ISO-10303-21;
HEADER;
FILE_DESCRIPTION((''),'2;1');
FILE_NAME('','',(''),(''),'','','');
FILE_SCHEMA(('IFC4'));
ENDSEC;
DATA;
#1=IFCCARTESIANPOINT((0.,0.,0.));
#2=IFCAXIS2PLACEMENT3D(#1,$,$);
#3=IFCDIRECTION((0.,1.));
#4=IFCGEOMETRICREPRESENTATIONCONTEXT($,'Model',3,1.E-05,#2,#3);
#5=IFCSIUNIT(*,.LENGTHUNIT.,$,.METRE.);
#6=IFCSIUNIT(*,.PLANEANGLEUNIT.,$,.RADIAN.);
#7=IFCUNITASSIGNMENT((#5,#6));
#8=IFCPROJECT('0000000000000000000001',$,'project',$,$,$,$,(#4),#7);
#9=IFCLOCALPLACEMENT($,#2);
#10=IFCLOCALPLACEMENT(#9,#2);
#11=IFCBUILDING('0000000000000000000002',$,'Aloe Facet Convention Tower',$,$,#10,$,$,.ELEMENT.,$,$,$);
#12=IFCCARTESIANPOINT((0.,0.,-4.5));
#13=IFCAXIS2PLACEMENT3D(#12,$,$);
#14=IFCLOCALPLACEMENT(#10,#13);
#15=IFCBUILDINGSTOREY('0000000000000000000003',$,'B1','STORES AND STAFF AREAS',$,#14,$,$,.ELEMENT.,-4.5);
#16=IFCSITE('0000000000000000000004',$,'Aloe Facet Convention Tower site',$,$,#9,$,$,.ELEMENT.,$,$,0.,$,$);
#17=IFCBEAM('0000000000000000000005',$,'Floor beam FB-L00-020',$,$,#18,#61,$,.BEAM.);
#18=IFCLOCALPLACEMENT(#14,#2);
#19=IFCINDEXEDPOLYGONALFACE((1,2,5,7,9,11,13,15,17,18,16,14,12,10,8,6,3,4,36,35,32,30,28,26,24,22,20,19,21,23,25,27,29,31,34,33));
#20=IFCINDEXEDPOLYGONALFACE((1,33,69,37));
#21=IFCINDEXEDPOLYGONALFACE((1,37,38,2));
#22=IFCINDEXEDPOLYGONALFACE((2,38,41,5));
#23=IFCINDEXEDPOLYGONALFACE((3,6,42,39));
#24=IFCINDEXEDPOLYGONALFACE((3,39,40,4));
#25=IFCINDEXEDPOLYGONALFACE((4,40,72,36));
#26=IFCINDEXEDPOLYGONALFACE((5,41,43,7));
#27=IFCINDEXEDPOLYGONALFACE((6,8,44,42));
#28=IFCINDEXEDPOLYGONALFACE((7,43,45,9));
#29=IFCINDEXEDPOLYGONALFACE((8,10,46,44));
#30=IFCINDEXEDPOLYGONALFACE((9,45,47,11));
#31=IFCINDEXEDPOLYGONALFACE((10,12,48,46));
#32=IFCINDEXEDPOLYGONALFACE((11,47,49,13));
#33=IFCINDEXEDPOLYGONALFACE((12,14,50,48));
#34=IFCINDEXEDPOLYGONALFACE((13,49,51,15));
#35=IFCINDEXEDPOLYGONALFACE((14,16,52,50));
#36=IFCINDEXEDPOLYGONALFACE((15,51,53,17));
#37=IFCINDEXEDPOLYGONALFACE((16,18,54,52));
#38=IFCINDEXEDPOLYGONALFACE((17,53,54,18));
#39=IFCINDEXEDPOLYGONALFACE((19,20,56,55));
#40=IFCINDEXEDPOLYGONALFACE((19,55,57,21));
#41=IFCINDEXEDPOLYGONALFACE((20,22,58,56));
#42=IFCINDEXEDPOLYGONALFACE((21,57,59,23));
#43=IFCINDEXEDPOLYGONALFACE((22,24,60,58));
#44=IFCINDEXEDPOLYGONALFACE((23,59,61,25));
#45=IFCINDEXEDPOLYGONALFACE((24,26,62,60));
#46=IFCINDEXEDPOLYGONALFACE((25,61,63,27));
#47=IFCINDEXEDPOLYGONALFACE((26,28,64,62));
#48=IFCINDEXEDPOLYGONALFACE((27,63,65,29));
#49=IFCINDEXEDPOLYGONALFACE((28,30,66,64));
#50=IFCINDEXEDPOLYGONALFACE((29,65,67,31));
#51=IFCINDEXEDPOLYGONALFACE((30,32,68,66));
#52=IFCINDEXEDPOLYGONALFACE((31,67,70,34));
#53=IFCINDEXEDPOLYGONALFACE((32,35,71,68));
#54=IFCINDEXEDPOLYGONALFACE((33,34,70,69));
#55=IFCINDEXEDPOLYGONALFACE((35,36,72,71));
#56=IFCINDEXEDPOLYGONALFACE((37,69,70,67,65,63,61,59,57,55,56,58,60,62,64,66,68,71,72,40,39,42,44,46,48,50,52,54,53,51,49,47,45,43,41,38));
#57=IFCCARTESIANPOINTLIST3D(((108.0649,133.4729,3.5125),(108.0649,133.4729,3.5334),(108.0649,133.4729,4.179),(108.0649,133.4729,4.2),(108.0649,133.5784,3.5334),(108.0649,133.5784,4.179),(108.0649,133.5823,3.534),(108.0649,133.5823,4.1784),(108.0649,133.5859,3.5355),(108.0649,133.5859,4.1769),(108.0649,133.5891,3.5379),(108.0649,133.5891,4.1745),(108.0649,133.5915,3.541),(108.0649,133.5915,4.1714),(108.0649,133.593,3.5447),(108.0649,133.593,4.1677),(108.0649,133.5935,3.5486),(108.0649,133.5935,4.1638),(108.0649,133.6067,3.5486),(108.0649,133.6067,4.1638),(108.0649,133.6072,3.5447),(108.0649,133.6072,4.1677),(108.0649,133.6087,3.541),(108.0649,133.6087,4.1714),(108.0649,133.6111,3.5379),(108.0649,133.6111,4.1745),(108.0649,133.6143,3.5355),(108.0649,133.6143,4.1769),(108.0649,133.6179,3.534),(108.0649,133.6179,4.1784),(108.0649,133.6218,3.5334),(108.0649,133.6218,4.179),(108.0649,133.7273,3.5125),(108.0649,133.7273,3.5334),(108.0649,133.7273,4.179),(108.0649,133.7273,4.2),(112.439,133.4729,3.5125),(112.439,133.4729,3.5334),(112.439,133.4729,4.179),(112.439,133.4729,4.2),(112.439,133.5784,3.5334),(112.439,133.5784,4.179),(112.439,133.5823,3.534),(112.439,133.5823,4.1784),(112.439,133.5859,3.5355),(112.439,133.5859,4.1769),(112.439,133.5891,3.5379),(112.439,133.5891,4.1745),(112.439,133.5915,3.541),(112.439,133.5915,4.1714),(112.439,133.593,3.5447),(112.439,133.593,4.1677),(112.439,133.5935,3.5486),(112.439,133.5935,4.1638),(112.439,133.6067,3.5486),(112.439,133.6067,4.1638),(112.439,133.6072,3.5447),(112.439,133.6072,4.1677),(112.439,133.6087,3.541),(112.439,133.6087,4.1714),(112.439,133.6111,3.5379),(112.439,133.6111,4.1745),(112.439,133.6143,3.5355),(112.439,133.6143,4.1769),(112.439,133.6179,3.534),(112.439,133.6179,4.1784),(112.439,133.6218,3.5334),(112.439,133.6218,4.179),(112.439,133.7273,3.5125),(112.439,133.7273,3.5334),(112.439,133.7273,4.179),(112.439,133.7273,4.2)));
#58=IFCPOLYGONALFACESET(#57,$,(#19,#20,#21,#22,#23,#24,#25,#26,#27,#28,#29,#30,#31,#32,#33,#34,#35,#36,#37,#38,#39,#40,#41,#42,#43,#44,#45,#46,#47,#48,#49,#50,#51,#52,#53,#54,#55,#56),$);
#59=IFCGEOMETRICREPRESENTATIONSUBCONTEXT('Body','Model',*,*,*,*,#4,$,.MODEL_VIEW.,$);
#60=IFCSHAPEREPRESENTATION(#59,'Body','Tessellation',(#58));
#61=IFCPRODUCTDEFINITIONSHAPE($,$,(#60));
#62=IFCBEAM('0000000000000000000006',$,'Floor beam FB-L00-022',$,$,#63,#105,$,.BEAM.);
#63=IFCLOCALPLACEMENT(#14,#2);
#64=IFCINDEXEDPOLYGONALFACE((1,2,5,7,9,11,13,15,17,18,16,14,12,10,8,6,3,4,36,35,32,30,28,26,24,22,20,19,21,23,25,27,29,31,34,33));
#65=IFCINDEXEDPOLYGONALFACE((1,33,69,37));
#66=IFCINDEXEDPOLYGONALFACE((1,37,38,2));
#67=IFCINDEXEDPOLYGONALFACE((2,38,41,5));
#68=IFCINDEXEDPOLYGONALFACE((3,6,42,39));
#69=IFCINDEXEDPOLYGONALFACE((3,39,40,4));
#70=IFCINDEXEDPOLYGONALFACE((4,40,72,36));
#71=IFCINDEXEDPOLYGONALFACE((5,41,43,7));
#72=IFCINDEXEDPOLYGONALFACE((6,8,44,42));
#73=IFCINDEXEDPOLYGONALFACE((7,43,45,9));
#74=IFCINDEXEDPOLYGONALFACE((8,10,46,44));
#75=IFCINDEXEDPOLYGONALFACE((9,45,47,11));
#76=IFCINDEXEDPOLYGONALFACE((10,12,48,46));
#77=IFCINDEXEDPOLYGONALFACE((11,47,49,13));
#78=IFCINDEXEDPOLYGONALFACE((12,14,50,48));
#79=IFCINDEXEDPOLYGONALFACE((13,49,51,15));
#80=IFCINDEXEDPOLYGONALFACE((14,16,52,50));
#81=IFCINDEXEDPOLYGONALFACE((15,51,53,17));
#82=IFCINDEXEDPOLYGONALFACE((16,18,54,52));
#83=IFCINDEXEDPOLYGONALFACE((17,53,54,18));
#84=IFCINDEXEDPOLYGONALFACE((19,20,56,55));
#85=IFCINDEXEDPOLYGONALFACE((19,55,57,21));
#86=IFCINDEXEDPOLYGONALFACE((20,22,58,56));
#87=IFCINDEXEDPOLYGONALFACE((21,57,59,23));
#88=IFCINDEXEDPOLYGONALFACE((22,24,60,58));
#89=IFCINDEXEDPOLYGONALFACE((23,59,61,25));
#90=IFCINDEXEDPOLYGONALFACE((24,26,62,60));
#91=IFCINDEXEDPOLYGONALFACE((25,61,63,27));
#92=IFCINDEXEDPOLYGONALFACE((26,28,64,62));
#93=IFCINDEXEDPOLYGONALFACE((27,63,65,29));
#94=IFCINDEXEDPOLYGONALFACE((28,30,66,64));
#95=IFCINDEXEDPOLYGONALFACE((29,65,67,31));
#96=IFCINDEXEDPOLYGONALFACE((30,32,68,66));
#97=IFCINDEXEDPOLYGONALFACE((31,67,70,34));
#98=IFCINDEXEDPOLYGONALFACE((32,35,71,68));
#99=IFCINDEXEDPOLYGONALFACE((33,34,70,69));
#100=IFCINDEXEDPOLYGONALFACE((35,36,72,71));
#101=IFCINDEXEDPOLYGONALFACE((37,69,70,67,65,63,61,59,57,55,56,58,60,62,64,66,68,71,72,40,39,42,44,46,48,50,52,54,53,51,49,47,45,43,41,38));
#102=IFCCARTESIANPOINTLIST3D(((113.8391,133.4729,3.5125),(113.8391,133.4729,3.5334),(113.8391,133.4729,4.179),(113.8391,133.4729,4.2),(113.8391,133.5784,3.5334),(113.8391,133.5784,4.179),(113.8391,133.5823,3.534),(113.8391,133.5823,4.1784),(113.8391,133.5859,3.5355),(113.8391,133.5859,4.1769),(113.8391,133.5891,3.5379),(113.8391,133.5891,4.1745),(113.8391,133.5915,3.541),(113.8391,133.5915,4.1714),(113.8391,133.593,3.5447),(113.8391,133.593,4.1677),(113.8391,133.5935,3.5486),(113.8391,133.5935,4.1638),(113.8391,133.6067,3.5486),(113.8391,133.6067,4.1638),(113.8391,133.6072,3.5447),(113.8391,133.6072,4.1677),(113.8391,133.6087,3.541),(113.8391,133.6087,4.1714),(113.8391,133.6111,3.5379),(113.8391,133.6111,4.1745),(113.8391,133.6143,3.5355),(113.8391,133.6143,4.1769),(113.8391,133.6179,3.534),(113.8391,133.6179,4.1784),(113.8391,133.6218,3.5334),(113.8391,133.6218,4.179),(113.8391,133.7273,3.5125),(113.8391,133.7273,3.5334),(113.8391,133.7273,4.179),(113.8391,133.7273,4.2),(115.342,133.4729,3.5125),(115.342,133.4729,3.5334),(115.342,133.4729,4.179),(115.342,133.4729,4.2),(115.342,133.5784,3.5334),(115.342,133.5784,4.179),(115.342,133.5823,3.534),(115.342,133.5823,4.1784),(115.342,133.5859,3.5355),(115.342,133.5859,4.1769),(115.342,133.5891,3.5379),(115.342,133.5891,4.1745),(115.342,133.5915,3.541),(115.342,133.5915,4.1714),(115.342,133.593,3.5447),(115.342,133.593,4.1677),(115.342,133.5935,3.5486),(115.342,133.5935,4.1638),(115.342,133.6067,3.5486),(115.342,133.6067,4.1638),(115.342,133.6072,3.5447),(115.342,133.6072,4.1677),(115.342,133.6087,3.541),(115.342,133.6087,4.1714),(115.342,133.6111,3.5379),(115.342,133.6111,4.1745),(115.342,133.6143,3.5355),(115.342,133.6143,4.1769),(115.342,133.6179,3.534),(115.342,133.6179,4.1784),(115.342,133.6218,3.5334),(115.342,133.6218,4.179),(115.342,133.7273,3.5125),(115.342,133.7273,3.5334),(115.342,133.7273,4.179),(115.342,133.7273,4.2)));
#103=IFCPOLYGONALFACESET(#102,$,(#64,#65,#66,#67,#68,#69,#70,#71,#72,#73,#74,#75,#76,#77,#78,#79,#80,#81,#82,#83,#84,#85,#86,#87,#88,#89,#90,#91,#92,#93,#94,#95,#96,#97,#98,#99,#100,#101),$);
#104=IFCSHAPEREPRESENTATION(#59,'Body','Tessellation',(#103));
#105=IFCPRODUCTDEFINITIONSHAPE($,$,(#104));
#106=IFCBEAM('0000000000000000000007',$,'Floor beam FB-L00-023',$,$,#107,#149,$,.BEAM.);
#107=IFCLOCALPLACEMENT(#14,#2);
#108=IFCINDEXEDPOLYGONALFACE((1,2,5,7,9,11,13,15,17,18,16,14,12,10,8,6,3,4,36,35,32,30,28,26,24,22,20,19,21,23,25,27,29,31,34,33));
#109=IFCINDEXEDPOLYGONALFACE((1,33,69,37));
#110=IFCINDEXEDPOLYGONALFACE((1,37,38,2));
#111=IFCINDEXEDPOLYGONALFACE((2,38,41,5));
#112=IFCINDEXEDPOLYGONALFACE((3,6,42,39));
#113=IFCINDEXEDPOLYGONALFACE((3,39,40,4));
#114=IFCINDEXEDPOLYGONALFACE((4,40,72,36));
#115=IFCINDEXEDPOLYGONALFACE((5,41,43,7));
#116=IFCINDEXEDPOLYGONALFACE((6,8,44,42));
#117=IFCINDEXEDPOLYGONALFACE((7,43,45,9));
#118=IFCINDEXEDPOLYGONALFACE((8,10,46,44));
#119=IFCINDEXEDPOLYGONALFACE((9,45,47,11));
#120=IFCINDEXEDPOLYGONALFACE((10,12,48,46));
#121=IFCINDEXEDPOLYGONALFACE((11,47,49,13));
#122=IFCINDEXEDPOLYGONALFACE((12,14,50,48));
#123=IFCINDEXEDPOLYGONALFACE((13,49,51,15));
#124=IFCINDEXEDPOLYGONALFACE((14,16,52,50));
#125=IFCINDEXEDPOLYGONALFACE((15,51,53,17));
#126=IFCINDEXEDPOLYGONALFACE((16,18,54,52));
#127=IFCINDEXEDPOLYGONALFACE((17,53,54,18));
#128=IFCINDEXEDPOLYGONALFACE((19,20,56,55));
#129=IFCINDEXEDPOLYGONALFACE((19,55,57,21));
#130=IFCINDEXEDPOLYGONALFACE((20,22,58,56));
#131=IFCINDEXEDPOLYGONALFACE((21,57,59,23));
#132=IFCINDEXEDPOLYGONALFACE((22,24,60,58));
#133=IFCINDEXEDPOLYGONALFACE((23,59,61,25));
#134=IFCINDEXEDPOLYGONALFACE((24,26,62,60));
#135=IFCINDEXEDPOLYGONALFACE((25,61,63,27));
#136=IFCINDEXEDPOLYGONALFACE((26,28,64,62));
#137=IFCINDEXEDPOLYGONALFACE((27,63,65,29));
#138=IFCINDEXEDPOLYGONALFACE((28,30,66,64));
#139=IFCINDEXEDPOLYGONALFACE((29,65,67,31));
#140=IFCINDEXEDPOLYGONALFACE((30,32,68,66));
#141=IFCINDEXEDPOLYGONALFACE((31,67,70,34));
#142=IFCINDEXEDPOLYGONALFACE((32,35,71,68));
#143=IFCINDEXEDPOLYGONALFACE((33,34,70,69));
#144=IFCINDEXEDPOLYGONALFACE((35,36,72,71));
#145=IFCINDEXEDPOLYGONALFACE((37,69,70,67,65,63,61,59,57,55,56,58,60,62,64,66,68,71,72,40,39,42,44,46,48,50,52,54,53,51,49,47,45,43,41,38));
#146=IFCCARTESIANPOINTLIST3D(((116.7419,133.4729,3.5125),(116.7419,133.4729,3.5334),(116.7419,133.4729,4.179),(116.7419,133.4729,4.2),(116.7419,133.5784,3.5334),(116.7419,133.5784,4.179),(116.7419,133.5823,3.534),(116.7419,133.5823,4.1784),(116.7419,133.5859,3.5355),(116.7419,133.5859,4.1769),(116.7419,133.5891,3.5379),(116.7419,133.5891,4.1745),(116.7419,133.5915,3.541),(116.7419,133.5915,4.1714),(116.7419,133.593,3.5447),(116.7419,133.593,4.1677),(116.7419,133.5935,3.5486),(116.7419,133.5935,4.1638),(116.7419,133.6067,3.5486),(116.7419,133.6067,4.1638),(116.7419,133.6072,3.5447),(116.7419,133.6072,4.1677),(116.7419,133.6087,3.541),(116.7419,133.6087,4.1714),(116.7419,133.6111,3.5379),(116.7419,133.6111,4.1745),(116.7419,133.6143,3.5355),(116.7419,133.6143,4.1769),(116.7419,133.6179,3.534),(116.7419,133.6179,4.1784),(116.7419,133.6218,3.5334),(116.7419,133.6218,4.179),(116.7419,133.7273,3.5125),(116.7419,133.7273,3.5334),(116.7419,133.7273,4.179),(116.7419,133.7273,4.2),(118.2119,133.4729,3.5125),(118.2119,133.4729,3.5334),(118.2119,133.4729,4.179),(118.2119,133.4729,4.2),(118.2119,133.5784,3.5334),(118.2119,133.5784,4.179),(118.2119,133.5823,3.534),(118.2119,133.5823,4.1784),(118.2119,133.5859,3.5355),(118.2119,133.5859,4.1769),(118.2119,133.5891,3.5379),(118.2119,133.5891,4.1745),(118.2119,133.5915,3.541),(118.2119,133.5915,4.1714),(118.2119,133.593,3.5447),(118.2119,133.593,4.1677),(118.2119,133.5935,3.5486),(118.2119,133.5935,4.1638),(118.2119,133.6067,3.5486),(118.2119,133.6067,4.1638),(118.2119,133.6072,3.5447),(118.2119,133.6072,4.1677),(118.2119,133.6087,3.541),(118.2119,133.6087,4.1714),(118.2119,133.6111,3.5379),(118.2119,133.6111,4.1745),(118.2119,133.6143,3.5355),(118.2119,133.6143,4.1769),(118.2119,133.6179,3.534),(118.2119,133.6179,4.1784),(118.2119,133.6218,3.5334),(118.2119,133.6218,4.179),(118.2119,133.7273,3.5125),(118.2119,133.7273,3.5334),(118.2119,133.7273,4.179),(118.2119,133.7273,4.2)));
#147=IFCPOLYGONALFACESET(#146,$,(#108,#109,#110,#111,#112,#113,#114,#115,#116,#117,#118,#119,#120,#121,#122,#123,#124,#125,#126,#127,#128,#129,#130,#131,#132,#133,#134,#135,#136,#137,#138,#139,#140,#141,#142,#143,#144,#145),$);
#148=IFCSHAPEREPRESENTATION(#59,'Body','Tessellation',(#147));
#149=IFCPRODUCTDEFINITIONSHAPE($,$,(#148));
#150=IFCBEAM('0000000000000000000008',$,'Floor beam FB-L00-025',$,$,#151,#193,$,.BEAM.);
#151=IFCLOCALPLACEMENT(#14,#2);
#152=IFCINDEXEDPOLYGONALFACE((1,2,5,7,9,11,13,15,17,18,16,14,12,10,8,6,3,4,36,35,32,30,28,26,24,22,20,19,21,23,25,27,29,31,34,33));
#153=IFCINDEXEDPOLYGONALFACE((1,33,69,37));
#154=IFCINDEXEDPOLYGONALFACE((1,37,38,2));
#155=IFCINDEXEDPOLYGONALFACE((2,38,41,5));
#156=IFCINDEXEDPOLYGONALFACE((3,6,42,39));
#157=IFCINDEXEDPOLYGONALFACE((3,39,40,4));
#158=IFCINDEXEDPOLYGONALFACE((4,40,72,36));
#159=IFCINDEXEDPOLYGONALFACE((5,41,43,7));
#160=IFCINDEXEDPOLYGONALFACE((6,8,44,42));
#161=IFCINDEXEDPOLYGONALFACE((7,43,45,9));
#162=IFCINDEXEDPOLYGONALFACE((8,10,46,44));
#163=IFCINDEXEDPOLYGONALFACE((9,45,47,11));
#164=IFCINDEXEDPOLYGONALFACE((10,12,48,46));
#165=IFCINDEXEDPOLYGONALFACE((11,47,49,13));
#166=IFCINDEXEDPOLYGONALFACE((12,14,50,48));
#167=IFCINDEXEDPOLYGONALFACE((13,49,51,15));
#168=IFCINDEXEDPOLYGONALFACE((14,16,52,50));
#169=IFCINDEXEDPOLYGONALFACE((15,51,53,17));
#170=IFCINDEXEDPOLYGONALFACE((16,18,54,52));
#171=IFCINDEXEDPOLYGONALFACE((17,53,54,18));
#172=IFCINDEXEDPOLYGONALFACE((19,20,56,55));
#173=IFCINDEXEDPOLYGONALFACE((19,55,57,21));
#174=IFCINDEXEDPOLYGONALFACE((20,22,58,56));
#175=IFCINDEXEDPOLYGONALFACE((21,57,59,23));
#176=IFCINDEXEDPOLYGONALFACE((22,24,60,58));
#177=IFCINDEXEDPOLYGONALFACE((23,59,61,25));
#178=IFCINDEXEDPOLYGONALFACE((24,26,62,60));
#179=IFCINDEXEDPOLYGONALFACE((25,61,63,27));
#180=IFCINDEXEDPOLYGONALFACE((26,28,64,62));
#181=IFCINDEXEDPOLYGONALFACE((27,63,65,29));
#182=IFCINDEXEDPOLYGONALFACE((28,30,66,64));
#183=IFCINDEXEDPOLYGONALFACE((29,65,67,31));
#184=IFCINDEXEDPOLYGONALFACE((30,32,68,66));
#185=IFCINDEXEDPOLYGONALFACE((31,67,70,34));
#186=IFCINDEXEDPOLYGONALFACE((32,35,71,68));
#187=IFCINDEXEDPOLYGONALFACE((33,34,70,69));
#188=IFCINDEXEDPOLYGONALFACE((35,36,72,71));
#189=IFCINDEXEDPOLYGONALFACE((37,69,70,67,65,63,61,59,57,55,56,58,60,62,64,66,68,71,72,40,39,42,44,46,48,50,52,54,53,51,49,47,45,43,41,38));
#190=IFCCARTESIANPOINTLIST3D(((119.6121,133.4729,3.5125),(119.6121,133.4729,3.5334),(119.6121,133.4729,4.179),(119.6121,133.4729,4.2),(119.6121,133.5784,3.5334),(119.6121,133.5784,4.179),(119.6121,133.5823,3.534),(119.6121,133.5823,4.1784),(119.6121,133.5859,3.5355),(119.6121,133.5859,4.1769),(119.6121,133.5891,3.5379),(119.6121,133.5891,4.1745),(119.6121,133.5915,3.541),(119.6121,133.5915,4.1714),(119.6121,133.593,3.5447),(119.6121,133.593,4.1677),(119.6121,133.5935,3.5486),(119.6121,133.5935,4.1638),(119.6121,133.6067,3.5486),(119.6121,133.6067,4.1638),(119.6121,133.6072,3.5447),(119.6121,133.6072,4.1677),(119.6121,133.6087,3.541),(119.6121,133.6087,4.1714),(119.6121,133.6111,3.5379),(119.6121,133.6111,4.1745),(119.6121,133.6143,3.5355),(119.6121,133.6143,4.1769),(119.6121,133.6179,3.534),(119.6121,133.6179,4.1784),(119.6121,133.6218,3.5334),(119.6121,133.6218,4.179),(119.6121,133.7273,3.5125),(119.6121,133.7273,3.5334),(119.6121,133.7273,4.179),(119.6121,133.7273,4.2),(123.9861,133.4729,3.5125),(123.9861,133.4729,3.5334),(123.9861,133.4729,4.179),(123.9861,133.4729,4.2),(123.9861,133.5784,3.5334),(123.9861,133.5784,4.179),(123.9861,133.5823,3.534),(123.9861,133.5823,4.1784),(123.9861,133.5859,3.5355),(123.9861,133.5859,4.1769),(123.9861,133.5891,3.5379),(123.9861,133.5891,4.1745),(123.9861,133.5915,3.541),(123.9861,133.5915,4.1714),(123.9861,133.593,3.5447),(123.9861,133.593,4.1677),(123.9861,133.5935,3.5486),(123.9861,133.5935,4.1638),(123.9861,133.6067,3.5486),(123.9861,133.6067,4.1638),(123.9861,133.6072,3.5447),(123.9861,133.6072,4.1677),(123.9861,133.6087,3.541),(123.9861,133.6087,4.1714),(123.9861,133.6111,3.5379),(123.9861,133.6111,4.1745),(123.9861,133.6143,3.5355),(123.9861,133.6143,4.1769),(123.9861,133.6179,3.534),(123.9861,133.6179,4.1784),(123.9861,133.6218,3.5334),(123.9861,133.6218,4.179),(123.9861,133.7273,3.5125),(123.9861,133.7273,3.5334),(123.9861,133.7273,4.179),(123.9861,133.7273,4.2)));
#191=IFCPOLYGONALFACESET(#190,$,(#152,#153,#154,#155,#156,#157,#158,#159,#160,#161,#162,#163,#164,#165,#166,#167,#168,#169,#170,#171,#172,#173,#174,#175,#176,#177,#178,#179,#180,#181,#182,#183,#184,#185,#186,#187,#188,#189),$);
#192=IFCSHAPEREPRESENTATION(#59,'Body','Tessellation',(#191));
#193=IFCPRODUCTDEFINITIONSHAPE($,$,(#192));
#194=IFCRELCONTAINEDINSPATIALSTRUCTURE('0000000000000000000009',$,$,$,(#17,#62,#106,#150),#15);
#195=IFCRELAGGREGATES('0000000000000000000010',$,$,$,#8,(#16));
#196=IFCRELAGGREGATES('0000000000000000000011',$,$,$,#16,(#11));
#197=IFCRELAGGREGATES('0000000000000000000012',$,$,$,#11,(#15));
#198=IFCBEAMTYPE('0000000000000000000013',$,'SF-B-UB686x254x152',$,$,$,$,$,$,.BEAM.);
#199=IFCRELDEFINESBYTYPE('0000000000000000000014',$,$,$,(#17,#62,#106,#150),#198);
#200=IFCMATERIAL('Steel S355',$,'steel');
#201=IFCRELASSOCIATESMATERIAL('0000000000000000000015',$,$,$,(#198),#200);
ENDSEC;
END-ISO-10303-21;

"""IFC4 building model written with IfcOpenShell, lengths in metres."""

from ifc_helpers import new_model, si_unit, direction, frame, origin, origin_2d, place, context, subcontext, project, spatial, i_section, extrude, material, material_profile, profile_set, type_object, element, save


model = new_model("IFC4")

# Units and contexts
model_context = context("Model", 3, precision=1e-05, world=origin(), true_north=direction((0.0, 1.0)))
body_context = subcontext(model_context, "Body", "Model", "MODEL_VIEW")
ifc_project = project(units=[si_unit("LENGTHUNIT", "METRE"), si_unit("PLANEANGLEUNIT", "RADIAN")], contexts=[model_context])

# Site, building, storey
site_placement = place(None, origin())
site = spatial("IfcSite", under=ifc_project, at=site_placement, Name="Aloe Facet Convention Tower site", CompositionType="ELEMENT", RefElevation=0.0)
building_placement = place(site_placement, origin())
building = spatial("IfcBuilding", under=site, at=building_placement, Name="Aloe Facet Convention Tower", CompositionType="ELEMENT")
storey_placement = place(building_placement, frame((0.0, 0.0, -4.5)))
storey = spatial("IfcBuildingStorey", under=building, at=storey_placement, Name="B1", Description="STORES AND STAFF AREAS", CompositionType="ELEMENT", Elevation=-4.5)

# Beams
ifc_material_1 = material(Name="Steel S355", Category="steel")
ifc_material_profile_1 = material_profile(ifc_material_1, i_section(OverallWidth=0.2544, OverallDepth=0.6875, WebThickness=0.0132, FlangeThickness=0.021, FilletRadius=0.0151, at=origin_2d()), Name="UB 686x254x152")
ifc_profile_set_1 = profile_set([ifc_material_profile_1], Name="Steel S355")
beam_type_1 = type_object("IfcBeamType", Name="SF-B-UB686x254x152", PredefinedType="BEAM", material=ifc_profile_set_1)
beam_1_placement = place(storey_placement, frame((108.0649, 133.6001, 3.8562), z_axis=(1.0, 0.0, 0.0), x_axis=(0.0, 1.0, 0.0)))
element("IfcBeam", 1, at=beam_1_placement, inside=storey, type_object=beam_type_1, Name="Floor beam FB-L00-020", PredefinedType="BEAM", context=body_context, shape_type="SweptSolid", body=[
    extrude(i_section(OverallWidth=0.2544, OverallDepth=0.6875, WebThickness=0.0132, FlangeThickness=0.021, FilletRadius=0.0151, at=origin_2d()), origin(), (0.0, 0.0, 1.0), 4.374),
])
beam_2_placement = place(storey_placement, frame((113.8391, 133.6001, 3.8562), z_axis=(1.0, 0.0, 0.0), x_axis=(0.0, 1.0, 0.0)))
element("IfcBeam", 2, at=beam_2_placement, inside=storey, type_object=beam_type_1, Name="Floor beam FB-L00-022", PredefinedType="BEAM", context=body_context, shape_type="SweptSolid", body=[
    extrude(i_section(OverallWidth=0.2544, OverallDepth=0.6875, WebThickness=0.0132, FlangeThickness=0.021, FilletRadius=0.0151, at=origin_2d()), origin(), (0.0, 0.0, 1.0), 1.5029),
])
beam_3_placement = place(storey_placement, frame((116.7419, 133.6001, 3.8562), z_axis=(1.0, 0.0, 0.0), x_axis=(0.0, 1.0, 0.0)))
element("IfcBeam", 3, at=beam_3_placement, inside=storey, type_object=beam_type_1, Name="Floor beam FB-L00-023", PredefinedType="BEAM", context=body_context, shape_type="SweptSolid", body=[
    extrude(i_section(OverallWidth=0.2544, OverallDepth=0.6875, WebThickness=0.0132, FlangeThickness=0.021, FilletRadius=0.0151, at=origin_2d()), origin(), (0.0, 0.0, 1.0), 1.47),
])
beam_4_placement = place(storey_placement, frame((119.6121, 133.6001, 3.8562), z_axis=(1.0, 0.0, 0.0), x_axis=(0.0, 1.0, 0.0)))
element("IfcBeam", 4, at=beam_4_placement, inside=storey, type_object=beam_type_1, Name="Floor beam FB-L00-025", PredefinedType="BEAM", context=body_context, shape_type="SweptSolid", body=[
    extrude(i_section(OverallWidth=0.2544, OverallDepth=0.6875, WebThickness=0.0132, FlangeThickness=0.021, FilletRadius=0.0151, at=origin_2d()), origin(), (0.0, 0.0, 1.0), 4.374),
])

save(model, "model.ifc")
